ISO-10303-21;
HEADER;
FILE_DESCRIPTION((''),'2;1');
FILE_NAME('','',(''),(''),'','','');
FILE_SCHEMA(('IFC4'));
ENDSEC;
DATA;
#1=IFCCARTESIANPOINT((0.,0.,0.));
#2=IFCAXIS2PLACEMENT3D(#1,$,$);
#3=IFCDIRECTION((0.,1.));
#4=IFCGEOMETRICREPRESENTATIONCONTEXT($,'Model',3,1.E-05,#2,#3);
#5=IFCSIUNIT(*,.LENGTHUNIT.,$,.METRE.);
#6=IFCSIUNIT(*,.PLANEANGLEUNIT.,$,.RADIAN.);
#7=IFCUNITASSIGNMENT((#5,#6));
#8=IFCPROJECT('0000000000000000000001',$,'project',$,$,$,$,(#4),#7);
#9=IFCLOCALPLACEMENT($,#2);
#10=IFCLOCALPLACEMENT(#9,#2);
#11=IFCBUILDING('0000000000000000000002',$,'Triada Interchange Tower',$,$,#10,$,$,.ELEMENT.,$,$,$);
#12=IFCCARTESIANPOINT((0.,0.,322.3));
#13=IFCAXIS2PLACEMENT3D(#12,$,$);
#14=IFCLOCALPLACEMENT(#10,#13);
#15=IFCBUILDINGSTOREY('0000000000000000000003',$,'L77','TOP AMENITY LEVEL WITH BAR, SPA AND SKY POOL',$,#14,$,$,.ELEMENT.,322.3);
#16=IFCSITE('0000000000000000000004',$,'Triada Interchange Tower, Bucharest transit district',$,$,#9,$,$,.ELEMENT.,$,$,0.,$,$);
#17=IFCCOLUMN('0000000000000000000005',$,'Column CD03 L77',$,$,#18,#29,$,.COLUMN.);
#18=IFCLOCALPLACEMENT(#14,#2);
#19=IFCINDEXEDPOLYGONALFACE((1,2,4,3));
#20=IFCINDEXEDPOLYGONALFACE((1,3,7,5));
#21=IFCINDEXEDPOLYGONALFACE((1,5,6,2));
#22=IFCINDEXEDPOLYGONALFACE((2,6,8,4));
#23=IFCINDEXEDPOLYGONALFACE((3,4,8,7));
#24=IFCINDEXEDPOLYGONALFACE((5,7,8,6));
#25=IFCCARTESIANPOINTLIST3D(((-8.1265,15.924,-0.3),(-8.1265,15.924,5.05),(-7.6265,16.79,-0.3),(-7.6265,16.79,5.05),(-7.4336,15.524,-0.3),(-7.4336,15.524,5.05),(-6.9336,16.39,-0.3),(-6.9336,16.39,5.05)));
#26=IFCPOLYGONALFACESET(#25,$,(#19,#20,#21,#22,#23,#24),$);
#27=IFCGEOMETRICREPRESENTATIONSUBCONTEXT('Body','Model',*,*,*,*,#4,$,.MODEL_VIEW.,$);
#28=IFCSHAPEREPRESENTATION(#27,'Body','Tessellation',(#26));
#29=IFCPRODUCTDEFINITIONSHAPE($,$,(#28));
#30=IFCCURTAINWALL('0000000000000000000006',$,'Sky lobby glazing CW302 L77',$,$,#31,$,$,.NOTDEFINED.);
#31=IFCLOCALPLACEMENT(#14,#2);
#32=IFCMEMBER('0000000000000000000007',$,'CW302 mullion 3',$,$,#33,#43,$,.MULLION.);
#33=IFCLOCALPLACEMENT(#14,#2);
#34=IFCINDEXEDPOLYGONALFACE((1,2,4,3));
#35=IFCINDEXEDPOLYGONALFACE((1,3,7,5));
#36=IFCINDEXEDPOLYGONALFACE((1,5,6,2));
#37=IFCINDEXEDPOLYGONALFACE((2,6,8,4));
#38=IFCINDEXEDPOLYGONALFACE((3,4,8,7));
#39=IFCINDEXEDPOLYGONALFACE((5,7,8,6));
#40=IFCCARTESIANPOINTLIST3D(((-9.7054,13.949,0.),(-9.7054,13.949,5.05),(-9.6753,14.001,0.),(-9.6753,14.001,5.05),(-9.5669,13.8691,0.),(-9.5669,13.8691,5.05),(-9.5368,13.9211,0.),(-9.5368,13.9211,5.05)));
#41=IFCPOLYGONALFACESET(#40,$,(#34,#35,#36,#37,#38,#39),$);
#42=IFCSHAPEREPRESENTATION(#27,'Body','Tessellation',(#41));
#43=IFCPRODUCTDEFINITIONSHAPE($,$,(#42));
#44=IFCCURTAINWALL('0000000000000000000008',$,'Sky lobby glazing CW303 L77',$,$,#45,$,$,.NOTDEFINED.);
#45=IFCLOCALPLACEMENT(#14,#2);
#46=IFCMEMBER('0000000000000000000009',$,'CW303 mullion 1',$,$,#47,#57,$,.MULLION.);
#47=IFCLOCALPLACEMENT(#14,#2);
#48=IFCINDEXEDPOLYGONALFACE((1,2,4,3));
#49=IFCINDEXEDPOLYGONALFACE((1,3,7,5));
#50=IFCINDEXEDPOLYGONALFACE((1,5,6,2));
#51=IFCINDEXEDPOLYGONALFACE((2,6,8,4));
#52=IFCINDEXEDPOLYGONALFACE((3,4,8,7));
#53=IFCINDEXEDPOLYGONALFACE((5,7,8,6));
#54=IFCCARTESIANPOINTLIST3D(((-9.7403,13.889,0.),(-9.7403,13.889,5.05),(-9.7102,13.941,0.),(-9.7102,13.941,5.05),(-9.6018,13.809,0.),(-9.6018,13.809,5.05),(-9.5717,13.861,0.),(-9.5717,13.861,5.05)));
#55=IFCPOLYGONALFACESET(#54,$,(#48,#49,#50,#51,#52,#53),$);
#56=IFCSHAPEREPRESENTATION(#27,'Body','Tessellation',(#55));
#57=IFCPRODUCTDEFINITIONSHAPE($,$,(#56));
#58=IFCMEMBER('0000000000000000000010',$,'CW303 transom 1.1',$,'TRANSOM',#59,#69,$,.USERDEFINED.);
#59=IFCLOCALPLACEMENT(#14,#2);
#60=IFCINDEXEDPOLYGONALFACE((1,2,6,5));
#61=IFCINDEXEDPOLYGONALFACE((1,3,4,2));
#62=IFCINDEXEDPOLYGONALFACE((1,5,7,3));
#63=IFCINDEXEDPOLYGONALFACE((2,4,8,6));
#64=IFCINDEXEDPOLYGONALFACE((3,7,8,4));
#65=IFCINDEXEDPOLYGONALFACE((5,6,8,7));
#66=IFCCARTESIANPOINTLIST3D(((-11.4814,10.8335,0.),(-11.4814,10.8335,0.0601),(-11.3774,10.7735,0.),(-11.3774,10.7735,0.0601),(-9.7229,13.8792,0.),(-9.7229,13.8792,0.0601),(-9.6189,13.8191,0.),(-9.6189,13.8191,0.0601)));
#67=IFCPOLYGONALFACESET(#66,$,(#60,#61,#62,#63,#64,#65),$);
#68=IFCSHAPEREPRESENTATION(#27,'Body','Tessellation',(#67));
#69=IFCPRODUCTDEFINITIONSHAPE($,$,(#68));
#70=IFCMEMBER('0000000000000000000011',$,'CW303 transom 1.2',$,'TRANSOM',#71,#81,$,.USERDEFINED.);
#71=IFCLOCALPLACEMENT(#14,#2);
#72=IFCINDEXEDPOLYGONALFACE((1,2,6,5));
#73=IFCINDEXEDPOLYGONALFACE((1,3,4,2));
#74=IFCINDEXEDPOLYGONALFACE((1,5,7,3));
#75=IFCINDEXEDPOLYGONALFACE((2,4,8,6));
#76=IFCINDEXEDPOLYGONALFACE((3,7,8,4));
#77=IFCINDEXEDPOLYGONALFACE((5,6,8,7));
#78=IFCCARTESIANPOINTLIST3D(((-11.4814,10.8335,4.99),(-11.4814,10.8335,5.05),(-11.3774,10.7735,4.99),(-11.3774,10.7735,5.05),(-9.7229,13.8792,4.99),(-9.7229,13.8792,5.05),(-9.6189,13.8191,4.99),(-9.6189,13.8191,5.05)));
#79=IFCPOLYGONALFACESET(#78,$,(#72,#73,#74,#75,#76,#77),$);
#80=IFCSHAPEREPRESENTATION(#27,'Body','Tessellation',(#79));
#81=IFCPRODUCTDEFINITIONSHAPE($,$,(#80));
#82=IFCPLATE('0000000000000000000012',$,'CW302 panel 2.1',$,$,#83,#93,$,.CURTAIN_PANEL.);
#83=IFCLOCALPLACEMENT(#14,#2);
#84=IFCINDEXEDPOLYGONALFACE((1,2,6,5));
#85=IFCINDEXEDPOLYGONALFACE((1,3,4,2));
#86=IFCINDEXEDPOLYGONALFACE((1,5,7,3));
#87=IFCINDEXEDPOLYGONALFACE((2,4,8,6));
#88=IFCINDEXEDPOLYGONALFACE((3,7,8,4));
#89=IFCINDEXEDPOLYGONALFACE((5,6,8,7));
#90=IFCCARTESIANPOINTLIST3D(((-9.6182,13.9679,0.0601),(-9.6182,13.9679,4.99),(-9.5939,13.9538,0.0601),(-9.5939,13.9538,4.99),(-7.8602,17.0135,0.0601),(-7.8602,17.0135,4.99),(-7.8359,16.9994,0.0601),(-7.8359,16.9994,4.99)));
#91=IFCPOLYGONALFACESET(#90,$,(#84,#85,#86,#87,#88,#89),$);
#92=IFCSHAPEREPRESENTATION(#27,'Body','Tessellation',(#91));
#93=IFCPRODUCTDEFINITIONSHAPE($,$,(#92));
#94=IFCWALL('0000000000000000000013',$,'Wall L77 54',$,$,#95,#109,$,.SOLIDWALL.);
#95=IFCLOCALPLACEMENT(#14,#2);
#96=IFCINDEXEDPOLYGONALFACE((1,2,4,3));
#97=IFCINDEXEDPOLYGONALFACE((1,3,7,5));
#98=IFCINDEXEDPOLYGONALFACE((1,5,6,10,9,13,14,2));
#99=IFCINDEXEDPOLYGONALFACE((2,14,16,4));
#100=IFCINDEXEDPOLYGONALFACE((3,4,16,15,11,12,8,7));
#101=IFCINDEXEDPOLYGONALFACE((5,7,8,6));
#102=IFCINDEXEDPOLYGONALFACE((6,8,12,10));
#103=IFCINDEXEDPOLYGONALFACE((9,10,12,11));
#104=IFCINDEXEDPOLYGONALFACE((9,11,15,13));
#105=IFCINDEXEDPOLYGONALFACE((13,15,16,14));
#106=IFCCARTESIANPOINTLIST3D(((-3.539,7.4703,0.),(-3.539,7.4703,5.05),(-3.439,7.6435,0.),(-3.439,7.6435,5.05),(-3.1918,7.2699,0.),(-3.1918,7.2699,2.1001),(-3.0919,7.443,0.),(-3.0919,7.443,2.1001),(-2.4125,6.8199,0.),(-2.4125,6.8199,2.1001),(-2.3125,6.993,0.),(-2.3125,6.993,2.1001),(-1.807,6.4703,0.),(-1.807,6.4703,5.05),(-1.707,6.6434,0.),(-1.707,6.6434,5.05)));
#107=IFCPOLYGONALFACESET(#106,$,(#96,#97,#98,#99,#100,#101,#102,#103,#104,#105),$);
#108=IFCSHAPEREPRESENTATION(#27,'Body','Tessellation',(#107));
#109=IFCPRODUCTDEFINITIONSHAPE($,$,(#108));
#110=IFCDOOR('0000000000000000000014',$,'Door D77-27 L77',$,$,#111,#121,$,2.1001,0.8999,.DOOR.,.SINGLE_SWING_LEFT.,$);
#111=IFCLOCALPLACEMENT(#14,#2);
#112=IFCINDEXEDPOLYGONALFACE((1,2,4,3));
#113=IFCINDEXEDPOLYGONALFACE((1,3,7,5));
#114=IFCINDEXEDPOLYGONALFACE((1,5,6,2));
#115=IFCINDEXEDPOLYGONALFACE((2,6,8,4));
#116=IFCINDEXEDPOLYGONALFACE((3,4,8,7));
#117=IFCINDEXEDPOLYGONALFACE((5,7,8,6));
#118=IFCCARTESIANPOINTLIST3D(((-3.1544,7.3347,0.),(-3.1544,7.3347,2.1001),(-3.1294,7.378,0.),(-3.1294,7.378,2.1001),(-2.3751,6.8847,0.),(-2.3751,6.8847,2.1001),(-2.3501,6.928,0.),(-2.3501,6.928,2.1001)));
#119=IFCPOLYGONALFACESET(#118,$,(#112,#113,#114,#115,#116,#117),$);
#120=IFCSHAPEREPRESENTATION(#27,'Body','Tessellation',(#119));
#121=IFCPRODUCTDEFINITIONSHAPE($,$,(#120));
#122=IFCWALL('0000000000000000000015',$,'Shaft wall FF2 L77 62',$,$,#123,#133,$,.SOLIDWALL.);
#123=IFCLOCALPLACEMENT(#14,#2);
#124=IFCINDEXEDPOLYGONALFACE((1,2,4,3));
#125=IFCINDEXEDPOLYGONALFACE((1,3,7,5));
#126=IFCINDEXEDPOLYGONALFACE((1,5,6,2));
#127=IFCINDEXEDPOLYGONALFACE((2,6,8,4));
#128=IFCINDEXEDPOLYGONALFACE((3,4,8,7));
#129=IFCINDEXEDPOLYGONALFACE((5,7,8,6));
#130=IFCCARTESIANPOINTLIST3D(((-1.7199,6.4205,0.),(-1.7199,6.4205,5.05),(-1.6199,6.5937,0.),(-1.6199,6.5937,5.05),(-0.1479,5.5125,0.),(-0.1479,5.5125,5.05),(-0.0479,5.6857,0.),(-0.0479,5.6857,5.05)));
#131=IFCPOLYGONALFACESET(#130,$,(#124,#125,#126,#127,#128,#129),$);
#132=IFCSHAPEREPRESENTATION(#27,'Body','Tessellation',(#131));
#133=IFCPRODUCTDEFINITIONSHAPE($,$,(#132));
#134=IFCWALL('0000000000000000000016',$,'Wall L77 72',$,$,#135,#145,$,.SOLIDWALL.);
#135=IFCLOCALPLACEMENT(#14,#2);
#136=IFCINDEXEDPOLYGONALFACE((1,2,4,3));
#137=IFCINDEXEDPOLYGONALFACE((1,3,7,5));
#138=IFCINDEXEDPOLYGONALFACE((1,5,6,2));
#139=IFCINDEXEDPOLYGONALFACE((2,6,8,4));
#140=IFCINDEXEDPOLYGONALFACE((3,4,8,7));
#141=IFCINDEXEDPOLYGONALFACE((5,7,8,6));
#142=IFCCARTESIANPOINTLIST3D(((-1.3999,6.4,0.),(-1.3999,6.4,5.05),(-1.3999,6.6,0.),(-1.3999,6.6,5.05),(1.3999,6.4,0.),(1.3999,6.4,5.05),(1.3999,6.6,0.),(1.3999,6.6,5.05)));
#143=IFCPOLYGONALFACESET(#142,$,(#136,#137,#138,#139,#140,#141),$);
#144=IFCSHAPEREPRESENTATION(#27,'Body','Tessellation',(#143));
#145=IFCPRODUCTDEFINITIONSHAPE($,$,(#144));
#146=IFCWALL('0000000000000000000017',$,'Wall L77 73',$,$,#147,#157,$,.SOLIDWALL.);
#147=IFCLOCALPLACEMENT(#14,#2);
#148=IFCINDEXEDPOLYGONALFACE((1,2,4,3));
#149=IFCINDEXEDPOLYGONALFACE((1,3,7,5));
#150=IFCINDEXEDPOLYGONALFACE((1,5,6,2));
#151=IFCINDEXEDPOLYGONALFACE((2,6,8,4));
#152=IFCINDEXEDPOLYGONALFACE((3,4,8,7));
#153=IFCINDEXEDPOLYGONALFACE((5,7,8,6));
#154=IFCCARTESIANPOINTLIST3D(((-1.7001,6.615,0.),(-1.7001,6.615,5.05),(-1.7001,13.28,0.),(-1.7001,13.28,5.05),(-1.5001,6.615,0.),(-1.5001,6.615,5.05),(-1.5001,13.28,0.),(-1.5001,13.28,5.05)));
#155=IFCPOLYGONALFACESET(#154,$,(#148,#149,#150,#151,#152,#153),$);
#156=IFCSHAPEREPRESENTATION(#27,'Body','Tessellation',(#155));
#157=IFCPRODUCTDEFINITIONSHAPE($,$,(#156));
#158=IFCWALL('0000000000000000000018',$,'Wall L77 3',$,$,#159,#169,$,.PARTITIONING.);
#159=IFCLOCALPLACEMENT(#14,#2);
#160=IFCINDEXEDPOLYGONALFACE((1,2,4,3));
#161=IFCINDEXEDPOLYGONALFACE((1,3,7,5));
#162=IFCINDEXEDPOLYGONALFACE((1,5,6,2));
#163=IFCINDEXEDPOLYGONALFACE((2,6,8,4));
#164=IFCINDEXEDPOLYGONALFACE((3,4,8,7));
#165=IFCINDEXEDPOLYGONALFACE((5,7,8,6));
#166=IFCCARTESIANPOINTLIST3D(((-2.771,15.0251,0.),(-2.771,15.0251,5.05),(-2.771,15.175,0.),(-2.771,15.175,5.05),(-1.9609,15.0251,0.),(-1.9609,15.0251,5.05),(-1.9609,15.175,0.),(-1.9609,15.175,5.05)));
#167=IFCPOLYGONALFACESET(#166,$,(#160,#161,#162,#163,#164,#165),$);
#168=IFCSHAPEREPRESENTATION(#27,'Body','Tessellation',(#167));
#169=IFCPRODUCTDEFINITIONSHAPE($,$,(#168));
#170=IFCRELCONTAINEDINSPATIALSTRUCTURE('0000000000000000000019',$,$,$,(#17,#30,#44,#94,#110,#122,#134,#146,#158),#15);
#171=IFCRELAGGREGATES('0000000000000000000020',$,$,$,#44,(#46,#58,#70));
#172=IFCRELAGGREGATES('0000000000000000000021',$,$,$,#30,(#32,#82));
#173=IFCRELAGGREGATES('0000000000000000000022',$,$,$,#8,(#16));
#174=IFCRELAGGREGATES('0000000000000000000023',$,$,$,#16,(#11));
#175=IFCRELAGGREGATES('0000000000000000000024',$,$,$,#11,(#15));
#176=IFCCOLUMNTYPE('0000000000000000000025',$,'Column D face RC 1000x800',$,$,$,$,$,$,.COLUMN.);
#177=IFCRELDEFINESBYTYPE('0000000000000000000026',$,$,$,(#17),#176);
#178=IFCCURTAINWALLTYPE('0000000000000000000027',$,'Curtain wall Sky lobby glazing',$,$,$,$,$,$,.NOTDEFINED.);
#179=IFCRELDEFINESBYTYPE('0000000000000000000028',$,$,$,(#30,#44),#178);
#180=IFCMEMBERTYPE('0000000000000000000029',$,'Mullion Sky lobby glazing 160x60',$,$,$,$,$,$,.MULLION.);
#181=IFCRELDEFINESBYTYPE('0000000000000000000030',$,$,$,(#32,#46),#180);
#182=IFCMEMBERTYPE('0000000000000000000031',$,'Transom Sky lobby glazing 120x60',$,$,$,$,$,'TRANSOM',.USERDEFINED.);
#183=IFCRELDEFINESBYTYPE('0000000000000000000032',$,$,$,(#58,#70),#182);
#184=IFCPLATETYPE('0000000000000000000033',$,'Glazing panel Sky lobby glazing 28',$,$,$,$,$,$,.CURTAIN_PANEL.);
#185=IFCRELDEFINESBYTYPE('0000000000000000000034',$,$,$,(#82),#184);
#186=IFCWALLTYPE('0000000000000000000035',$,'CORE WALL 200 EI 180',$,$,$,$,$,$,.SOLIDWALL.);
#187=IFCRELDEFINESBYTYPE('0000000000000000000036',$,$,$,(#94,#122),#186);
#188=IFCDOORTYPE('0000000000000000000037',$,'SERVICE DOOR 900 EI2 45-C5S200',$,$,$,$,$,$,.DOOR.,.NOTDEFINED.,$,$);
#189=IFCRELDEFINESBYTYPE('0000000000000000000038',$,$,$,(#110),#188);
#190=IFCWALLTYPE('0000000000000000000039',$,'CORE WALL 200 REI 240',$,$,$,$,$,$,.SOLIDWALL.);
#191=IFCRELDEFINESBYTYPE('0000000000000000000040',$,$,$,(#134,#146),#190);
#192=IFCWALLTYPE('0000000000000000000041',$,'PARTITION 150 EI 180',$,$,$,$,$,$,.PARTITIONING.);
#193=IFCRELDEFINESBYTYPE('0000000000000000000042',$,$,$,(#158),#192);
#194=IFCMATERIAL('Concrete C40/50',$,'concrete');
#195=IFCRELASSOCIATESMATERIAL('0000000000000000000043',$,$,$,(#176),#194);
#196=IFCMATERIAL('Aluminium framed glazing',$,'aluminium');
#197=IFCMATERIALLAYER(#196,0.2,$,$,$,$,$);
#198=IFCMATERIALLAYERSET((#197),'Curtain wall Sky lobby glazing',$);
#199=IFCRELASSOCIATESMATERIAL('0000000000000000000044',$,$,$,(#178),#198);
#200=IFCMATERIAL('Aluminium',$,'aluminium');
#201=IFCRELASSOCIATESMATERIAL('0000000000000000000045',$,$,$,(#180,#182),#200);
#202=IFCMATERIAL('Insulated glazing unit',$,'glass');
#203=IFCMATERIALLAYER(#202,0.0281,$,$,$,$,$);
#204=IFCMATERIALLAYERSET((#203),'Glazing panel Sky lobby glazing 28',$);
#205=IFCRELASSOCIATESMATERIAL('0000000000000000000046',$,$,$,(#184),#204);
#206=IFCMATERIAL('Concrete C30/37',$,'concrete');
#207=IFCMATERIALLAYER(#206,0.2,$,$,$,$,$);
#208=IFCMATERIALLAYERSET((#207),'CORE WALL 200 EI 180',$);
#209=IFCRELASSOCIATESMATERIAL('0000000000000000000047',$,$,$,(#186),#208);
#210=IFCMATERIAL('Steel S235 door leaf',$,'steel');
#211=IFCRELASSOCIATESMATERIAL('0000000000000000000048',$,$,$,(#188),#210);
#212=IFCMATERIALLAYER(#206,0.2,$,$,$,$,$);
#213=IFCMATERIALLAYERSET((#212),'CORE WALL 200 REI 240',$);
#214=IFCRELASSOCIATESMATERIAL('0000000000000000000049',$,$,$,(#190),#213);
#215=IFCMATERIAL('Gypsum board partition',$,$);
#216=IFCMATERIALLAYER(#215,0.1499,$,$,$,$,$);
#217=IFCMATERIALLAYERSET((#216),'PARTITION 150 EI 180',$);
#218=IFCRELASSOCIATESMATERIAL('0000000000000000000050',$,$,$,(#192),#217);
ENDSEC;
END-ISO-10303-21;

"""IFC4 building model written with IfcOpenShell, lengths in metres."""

from ifc_helpers import new_model, si_unit, direction, frame, frame_2d, origin, origin_2d, place, context, subcontext, project, spatial, rectangle, extrude, material, layer, layer_set, material_profile, profile_set, type_object, element, fill, aggregate, save


model = new_model("IFC4")

# Units and contexts
model_context = context("Model", 3, precision=1e-05, world=origin(), true_north=direction((0.0, 1.0)))
body_context = subcontext(model_context, "Body", "Model", "MODEL_VIEW")
ifc_project = project(units=[si_unit("LENGTHUNIT", "METRE"), si_unit("PLANEANGLEUNIT", "RADIAN")], contexts=[model_context])

# Site, building, storey
site_placement = place(None, origin())
site = spatial("IfcSite", under=ifc_project, at=site_placement, Name="Triada Interchange Tower, Bucharest transit district", CompositionType="ELEMENT", RefElevation=0.0)
building_placement = place(site_placement, origin())
building = spatial("IfcBuilding", under=site, at=building_placement, Name="Triada Interchange Tower", CompositionType="ELEMENT")
storey_placement = place(building_placement, frame((0.0, 0.0, 322.3)))
storey = spatial("IfcBuildingStorey", under=building, at=storey_placement, Name="L77", Description="TOP AMENITY LEVEL WITH BAR, SPA AND SKY POOL", CompositionType="ELEMENT", Elevation=322.3)

# Column
ifc_material_1 = material(Name="Concrete C40/50", Category="concrete")
ifc_material_profile_1 = material_profile(ifc_material_1, rectangle(XDim=1.0, YDim=0.8, at=origin_2d()), Name="RC 1000x800")
ifc_profile_set_1 = profile_set([ifc_material_profile_1], Name="Concrete C40/50")
column_type = type_object("IfcColumnType", Name="Column D face RC 1000x800", PredefinedType="COLUMN", material=ifc_profile_set_1)
column_placement = place(storey_placement, frame((-7.53, 16.157, -0.3), z_axis=(0.0, 0.0, 1.0), x_axis=(0.5, 0.866025, 0.0)))
element("IfcColumn", 1, at=column_placement, inside=storey, type_object=column_type, Name="Column CD03 L77", PredefinedType="COLUMN", context=body_context, shape_type="SweptSolid", body=[
    extrude(rectangle(XDim=1.0, YDim=0.8, at=origin_2d()), origin(), (0.0, 0.0, 1.0), 5.3501),
])

# Curtain wall, member
ifc_material_2 = material(Name="Aluminium framed glazing", Category="aluminium")
ifc_layer_1 = layer(ifc_material_2, 0.2)
ifc_layer_set_1 = layer_set([ifc_layer_1], Name="Curtain wall Sky lobby glazing")
curtain_wall_type = type_object("IfcCurtainWallType", Name="Curtain wall Sky lobby glazing", PredefinedType="NOTDEFINED", material=ifc_layer_set_1)
curtain_wall_1_placement = place(storey_placement, origin())
curtain_wall_1 = element("IfcCurtainWall", 2, at=curtain_wall_1_placement, inside=storey, type_object=curtain_wall_type, Name="Sky lobby glazing CW302 L77", PredefinedType="NOTDEFINED")
ifc_material_3 = material(Name="Aluminium", Category="aluminium")
ifc_material_profile_2 = material_profile(ifc_material_3, rectangle(XDim=0.1599, YDim=0.0601, at=origin_2d()), Name="Aluminium mullion")
ifc_profile_set_2 = profile_set([ifc_material_profile_2], Name="Aluminium")
member_type_1 = type_object("IfcMemberType", Name="Mullion Sky lobby glazing 160x60", PredefinedType="MULLION", material=ifc_profile_set_2)
member_1_placement = place(storey_placement, frame((-9.6211, 13.9351, 0.0), z_axis=(0.0, 0.0, 1.0), x_axis=(0.866068, -0.499926, 0.0)))
member_1 = element("IfcMember", 3, at=member_1_placement, type_object=member_type_1, Name="CW302 mullion 3", PredefinedType="MULLION", context=body_context, shape_type="SweptSolid", body=[
    extrude(rectangle(XDim=0.1599, YDim=0.0601, at=origin_2d()), origin(), (0.0, 0.0, 1.0), 5.05),
])

# Curtain wall, members
curtain_wall_2_placement = place(storey_placement, origin())
curtain_wall_2 = element("IfcCurtainWall", 4, at=curtain_wall_2_placement, inside=storey, type_object=curtain_wall_type, Name="Sky lobby glazing CW303 L77", PredefinedType="NOTDEFINED")
member_2_placement = place(storey_placement, frame((-9.656, 13.875, 0.0), z_axis=(0.0, 0.0, 1.0), x_axis=(0.866008, -0.50003, 0.0)))
member_2 = element("IfcMember", 5, at=member_2_placement, type_object=member_type_1, Name="CW303 mullion 1", PredefinedType="MULLION", context=body_context, shape_type="SweptSolid", body=[
    extrude(rectangle(XDim=0.1599, YDim=0.0601, at=origin_2d()), origin(), (0.0, 0.0, 1.0), 5.05),
])
ifc_material_profile_3 = material_profile(ifc_material_3, rectangle(XDim=0.1201, YDim=0.0601, at=origin_2d()), Name="Aluminium transom")
ifc_profile_set_3 = profile_set([ifc_material_profile_3], Name="Aluminium")
member_type_2 = type_object("IfcMemberType", Name="Transom Sky lobby glazing 120x60", ElementType="TRANSOM", PredefinedType="USERDEFINED", material=ifc_profile_set_3)
member_3_placement = place(storey_placement, frame((-9.6709, 13.8491, 0.03), z_axis=(-0.500029, -0.866009, 0.0), x_axis=(0.866009, -0.500029, 0.0)))
member_3 = element("IfcMember", 6, at=member_3_placement, type_object=member_type_2, Name="CW303 transom 1.1", ObjectType="TRANSOM", PredefinedType="USERDEFINED", context=body_context, shape_type="SweptSolid", body=[
    extrude(rectangle(XDim=0.1201, YDim=0.0601, at=origin_2d()), origin(), (0.0, 0.0, 1.0), 3.5168),
])
member_4_placement = place(storey_placement, frame((-9.6709, 13.8491, 5.02), z_axis=(-0.500029, -0.866009, 0.0), x_axis=(0.866009, -0.500029, 0.0)))
member_4 = element("IfcMember", 7, at=member_4_placement, type_object=member_type_2, Name="CW303 transom 1.2", ObjectType="TRANSOM", PredefinedType="USERDEFINED", context=body_context, shape_type="SweptSolid", body=[
    extrude(rectangle(XDim=0.1201, YDim=0.0601, at=origin_2d()), origin(), (0.0, 0.0, 1.0), 3.5168),
])
aggregate(curtain_wall_2, [member_2, member_3, member_4])

# Plate
ifc_material_4 = material(Name="Insulated glazing unit", Category="glass")
ifc_layer_2 = layer(ifc_material_4, 0.0281)
ifc_layer_set_2 = layer_set([ifc_layer_2], Name="Glazing panel Sky lobby glazing 28")
plate_type = type_object("IfcPlateType", Name="Glazing panel Sky lobby glazing 28", PredefinedType="CURTAIN_PANEL", material=ifc_layer_set_2)
plate_placement = place(storey_placement, frame((-8.7271, 15.4836, 0.0601), z_axis=(0.0, 0.0, 1.0), x_axis=(-0.499926, -0.866068, 0.0)))
plate = element("IfcPlate", 8, at=plate_placement, type_object=plate_type, Name="CW302 panel 2.1", PredefinedType="CURTAIN_PANEL", context=body_context, shape_type="SweptSolid", body=[
    extrude(rectangle(XDim=3.5166, YDim=0.0281, at=origin_2d()), origin(), (0.0, 0.0, 1.0), 4.9299),
])
aggregate(curtain_wall_1, [member_1, plate])

# Wall, opening, door
ifc_material_5 = material(Name="Concrete C30/37", Category="concrete")
ifc_layer_3 = layer(ifc_material_5, 0.2)
ifc_layer_set_3 = layer_set([ifc_layer_3], Name="CORE WALL 200 EI 180")
wall_type_1 = type_object("IfcWallType", Name="CORE WALL 200 EI 180", PredefinedType="SOLIDWALL", material=ifc_layer_set_3)
wall_1_placement = place(storey_placement, frame((-3.489, 7.5569, 0.0), z_axis=(0.0, 0.0, 1.0), x_axis=(0.866011, -0.500025, 0.0)))
wall_1 = element("IfcWall", 9, at=wall_1_placement, inside=storey, type_object=wall_type_1, Name="Wall L77 54", PredefinedType="SOLIDWALL", context=body_context, shape_type="SweptSolid", body=[
    extrude(rectangle(XDim=2.0, YDim=0.2, at=frame_2d((1.0, 0.0))), origin(), (0.0, 0.0, 1.0), 5.05),
])
opening_1_placement = place(wall_1_placement, frame((0.4009, 0.0, 0.0)))
opening_1 = element("IfcOpeningElement", 10, at=opening_1_placement, cuts=wall_1, PredefinedType="OPENING", context=body_context, shape_type="SweptSolid", body=[
    extrude(rectangle(XDim=0.8999, YDim=2.1001, at=frame_2d((0.45, 1.05))), frame((0.0, 0.1099, 0.0), z_axis=(0.0, -1.0, 0.0), x_axis=(1.0, 0.0, 0.0)), (0.0, 0.0, 1.0), 0.22),
])
ifc_material_6 = material(Name="Steel S235 door leaf", Category="steel")
door_type_1 = type_object("IfcDoorType", Name="SERVICE DOOR 900 EI2 45-C5S200", OperationType="NOTDEFINED", PredefinedType="DOOR", material=ifc_material_6)
door_1_placement = place(opening_1_placement, origin())
door_1 = element("IfcDoor", 11, at=door_1_placement, inside=storey, type_object=door_type_1, Name="Door D77-27 L77", OperationType="SINGLE_SWING_LEFT", OverallHeight=2.1001, OverallWidth=0.8999, PredefinedType="DOOR", context=body_context, shape_type="SweptSolid", body=[
    extrude(rectangle(XDim=0.8999, YDim=2.1001, at=frame_2d((0.45, 1.05))), frame((0.0, 0.0249, 0.0), z_axis=(0.0, -1.0, 0.0), x_axis=(1.0, 0.0, 0.0)), (0.0, 0.0, 1.0), 0.05),
])
fill(opening_1, door_1)

# Walls
wall_2_placement = place(storey_placement, frame((-1.6699, 6.5071, 0.0), z_axis=(0.0, 0.0, 1.0), x_axis=(0.865941, -0.500145, 0.0)))
element("IfcWall", 12, at=wall_2_placement, inside=storey, type_object=wall_type_1, Name="Shaft wall FF2 L77 62", PredefinedType="SOLIDWALL", context=body_context, shape_type="SweptSolid", body=[
    extrude(rectangle(XDim=1.8154, YDim=0.2, at=frame_2d((0.9077, 0.0))), origin(), (0.0, 0.0, 1.0), 5.05),
])
ifc_layer_4 = layer(ifc_material_5, 0.2)
ifc_layer_set_4 = layer_set([ifc_layer_4], Name="CORE WALL 200 REI 240")
wall_type_2 = type_object("IfcWallType", Name="CORE WALL 200 REI 240", PredefinedType="SOLIDWALL", material=ifc_layer_set_4)
wall_3_placement = place(storey_placement, frame((-1.3999, 6.5, 0.0), z_axis=(0.0, 0.0, 1.0), x_axis=(1.0, 0.0, 0.0)))
element("IfcWall", 13, at=wall_3_placement, inside=storey, type_object=wall_type_2, Name="Wall L77 72", PredefinedType="SOLIDWALL", context=body_context, shape_type="SweptSolid", body=[
    extrude(rectangle(XDim=2.7998, YDim=0.2, at=frame_2d((1.3999, 0.0))), origin(), (0.0, 0.0, 1.0), 5.05),
])
wall_4_placement = place(storey_placement, frame((-1.6001, 6.615, 0.0), z_axis=(0.0, 0.0, 1.0), x_axis=(0.0, 1.0, 0.0)))
element("IfcWall", 14, at=wall_4_placement, inside=storey, type_object=wall_type_2, Name="Wall L77 73", PredefinedType="SOLIDWALL", context=body_context, shape_type="SweptSolid", body=[
    extrude(rectangle(XDim=6.665, YDim=0.2, at=frame_2d((3.3325, 0.0))), origin(), (0.0, 0.0, 1.0), 5.05),
])

# Wall
ifc_material_7 = material(Name="Gypsum board partition")
ifc_layer_5 = layer(ifc_material_7, 0.1499)
ifc_layer_set_5 = layer_set([ifc_layer_5], Name="PARTITION 150 EI 180")
wall_type_3 = type_object("IfcWallType", Name="PARTITION 150 EI 180", PredefinedType="PARTITIONING", material=ifc_layer_set_5)
wall_5_placement = place(storey_placement, frame((-2.771, 15.1001, 0.0), z_axis=(0.0, 0.0, 1.0), x_axis=(1.0, 0.0, 0.0)))
element("IfcWall", 15, at=wall_5_placement, inside=storey, type_object=wall_type_3, Name="Wall L77 3", PredefinedType="PARTITIONING", context=body_context, shape_type="SweptSolid", body=[
    extrude(rectangle(XDim=0.8101, YDim=0.1499, at=frame_2d((0.405, 0.0))), origin(), (0.0, 0.0, 1.0), 5.05),
])

save(model, "model.ifc")
